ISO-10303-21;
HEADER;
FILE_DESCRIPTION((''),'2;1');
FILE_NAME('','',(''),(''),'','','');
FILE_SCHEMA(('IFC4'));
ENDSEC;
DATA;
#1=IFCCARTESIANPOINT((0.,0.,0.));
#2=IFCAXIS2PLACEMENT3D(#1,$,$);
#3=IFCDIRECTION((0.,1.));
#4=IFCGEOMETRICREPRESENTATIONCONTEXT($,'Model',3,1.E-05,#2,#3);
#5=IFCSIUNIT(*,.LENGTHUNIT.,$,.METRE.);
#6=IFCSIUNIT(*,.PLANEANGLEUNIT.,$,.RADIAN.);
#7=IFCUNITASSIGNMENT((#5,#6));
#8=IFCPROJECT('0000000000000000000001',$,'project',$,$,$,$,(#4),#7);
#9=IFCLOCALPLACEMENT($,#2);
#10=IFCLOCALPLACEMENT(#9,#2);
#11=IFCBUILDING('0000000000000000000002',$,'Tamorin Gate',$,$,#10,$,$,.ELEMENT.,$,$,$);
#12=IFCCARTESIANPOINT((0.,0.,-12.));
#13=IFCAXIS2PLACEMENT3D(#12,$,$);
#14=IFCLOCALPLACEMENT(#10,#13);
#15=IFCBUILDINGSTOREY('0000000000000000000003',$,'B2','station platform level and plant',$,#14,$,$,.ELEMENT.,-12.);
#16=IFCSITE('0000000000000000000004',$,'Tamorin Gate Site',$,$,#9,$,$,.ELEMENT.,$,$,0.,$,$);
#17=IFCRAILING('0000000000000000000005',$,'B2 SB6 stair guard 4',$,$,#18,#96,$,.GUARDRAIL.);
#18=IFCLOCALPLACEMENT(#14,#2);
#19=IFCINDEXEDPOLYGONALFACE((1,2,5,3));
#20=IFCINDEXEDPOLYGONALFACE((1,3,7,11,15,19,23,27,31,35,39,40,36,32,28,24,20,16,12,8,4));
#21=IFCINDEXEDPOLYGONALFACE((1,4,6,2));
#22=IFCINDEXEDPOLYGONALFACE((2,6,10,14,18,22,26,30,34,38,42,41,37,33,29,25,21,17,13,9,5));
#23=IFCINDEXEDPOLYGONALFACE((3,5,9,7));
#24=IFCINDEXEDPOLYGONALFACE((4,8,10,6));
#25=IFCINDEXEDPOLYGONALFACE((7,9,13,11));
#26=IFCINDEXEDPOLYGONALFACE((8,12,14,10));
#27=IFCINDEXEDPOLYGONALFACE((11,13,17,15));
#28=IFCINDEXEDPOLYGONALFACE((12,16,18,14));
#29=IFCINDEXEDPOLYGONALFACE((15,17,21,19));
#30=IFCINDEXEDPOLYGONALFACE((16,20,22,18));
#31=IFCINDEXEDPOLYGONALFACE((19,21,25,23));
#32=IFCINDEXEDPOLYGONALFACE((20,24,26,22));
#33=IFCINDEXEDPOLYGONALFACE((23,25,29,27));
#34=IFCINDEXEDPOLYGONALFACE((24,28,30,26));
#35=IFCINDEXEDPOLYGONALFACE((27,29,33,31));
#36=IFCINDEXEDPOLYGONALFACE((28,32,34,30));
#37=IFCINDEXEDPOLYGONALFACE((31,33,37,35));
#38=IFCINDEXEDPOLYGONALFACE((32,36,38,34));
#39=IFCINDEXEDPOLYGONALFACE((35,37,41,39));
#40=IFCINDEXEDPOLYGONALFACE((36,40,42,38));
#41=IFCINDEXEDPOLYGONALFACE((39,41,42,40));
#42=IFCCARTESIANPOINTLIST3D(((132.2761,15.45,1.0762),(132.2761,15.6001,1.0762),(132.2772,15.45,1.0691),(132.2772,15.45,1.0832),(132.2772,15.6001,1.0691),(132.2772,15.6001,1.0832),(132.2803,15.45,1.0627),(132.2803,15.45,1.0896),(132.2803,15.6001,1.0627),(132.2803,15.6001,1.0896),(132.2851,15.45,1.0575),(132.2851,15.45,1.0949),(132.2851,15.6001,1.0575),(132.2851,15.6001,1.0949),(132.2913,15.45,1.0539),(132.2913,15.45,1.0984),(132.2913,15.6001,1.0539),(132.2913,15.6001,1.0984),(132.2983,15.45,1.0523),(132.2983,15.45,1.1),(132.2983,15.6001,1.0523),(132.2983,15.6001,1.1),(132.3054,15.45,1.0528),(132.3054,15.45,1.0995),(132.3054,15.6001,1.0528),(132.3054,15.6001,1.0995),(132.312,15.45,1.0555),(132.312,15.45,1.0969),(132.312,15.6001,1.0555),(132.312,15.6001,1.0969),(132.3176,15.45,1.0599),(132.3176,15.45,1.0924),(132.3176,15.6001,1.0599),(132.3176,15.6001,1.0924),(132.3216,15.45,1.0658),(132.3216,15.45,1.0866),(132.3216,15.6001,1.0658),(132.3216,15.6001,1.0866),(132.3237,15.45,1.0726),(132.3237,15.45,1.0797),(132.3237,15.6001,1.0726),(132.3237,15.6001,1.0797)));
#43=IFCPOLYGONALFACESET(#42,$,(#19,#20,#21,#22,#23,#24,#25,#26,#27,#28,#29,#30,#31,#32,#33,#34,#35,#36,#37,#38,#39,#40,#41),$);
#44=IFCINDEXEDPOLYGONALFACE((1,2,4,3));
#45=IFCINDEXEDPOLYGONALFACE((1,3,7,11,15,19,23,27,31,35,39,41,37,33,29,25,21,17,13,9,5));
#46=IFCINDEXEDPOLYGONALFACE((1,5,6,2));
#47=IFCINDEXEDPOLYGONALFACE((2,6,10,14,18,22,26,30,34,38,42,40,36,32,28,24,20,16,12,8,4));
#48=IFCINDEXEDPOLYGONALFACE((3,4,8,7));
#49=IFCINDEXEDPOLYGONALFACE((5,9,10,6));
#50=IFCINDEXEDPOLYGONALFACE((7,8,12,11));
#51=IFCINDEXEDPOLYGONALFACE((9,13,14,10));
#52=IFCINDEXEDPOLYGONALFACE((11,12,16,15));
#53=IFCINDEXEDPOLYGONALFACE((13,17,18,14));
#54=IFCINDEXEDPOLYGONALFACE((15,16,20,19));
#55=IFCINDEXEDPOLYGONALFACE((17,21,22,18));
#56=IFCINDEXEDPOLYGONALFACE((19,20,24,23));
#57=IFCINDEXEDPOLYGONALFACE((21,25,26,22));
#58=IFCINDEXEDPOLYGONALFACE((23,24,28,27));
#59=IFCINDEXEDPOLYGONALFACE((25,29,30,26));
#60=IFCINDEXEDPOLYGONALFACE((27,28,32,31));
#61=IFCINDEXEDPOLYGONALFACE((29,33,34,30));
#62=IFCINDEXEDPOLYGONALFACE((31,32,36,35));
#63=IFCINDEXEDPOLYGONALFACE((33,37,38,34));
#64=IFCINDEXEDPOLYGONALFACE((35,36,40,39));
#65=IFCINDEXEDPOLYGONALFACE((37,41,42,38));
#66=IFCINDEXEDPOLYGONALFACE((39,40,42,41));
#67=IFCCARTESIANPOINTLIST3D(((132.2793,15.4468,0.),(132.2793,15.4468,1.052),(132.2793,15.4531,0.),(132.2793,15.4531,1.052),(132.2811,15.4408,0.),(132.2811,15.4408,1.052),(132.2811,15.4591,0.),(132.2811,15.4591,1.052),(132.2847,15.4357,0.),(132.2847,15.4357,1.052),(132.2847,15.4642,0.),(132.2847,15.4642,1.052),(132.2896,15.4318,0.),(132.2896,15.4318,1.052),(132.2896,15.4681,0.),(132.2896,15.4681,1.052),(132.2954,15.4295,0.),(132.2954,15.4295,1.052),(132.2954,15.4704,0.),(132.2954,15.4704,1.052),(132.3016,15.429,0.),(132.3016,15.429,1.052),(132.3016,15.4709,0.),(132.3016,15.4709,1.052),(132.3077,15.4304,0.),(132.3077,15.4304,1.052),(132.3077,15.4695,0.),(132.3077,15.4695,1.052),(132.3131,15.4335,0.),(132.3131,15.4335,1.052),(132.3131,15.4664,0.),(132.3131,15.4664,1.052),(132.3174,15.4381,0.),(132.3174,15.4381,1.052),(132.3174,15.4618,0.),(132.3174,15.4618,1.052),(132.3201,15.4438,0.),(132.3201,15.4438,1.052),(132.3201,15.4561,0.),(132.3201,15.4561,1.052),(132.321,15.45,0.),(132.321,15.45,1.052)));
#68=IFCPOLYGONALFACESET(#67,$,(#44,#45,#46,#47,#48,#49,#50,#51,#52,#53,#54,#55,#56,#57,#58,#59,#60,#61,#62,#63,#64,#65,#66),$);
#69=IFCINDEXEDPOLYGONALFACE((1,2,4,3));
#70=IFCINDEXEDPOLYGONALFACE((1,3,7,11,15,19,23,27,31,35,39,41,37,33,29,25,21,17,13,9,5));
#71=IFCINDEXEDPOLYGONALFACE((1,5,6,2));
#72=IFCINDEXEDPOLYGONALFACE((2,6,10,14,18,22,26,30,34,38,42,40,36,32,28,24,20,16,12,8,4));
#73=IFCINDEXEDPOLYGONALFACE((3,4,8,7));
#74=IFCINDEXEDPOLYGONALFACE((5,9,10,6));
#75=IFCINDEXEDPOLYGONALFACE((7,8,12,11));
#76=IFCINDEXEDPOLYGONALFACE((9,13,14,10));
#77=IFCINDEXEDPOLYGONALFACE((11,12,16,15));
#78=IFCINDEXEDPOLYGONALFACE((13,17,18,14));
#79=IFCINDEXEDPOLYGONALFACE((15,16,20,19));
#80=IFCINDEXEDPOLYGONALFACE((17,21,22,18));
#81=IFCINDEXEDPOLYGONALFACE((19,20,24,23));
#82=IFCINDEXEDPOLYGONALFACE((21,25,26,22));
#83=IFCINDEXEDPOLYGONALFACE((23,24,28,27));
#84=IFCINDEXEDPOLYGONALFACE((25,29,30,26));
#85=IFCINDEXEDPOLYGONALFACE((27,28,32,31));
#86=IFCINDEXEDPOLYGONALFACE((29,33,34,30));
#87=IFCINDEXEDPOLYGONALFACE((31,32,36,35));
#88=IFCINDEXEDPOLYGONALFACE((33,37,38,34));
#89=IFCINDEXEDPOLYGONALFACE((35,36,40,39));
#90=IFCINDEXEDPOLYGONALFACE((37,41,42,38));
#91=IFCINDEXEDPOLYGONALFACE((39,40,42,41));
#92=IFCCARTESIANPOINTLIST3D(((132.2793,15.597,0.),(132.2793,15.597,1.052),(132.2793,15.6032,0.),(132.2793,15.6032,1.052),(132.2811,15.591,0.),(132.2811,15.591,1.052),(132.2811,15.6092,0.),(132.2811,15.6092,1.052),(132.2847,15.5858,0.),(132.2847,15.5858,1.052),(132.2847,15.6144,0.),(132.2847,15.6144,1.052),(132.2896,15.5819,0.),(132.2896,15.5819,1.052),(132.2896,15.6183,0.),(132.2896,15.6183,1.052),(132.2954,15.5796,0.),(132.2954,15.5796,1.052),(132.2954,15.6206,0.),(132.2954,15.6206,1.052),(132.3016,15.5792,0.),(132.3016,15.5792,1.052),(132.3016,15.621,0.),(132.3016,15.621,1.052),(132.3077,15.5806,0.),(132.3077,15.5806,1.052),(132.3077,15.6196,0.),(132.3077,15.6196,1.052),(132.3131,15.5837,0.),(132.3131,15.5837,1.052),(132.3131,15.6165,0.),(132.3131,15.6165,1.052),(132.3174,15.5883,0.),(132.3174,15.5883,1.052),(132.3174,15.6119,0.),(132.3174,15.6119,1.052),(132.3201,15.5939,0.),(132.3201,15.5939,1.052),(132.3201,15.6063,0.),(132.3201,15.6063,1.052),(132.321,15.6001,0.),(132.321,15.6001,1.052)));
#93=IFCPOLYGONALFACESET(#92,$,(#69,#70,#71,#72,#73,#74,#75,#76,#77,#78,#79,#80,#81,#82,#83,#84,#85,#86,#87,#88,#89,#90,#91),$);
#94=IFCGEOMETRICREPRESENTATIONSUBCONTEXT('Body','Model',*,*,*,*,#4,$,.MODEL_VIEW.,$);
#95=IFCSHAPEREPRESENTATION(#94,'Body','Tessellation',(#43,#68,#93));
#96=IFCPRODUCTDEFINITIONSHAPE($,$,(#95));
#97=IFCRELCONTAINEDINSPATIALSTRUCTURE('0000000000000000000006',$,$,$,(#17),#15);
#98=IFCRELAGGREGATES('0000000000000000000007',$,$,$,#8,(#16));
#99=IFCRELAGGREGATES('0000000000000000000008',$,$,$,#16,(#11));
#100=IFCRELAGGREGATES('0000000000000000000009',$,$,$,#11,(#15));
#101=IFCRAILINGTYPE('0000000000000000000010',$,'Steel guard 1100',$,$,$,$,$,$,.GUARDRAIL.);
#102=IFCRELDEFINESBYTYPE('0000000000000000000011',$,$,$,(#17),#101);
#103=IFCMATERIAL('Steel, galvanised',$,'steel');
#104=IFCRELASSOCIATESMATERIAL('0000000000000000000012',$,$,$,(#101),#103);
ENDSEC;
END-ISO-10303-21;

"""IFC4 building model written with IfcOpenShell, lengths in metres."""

from ifc_helpers import new_model, si_unit, direction, frame, origin, origin_2d, place, context, subcontext, project, spatial, circle, extrude, material, type_object, element, save


model = new_model("IFC4")

# Units and contexts
model_context = context("Model", 3, precision=1e-05, world=origin(), true_north=direction((0.0, 1.0)))
body_context = subcontext(model_context, "Body", "Model", "MODEL_VIEW")
ifc_project = project(units=[si_unit("LENGTHUNIT", "METRE"), si_unit("PLANEANGLEUNIT", "RADIAN")], contexts=[model_context])

# Site, building, storey
site_placement = place(None, origin())
site = spatial("IfcSite", under=ifc_project, at=site_placement, Name="Tamorin Gate Site", CompositionType="ELEMENT", RefElevation=0.0)
building_placement = place(site_placement, origin())
building = spatial("IfcBuilding", under=site, at=building_placement, Name="Tamorin Gate", CompositionType="ELEMENT")
storey_placement = place(building_placement, frame((0.0, 0.0, -12.0)))
storey = spatial("IfcBuildingStorey", under=building, at=storey_placement, Name="B2", Description="station platform level and plant", CompositionType="ELEMENT", Elevation=-12.0)

# Railing
ifc_material_1 = material(Name="Steel, galvanised", Category="steel")
railing_type_1 = type_object("IfcRailingType", Name="Steel guard 1100", PredefinedType="GUARDRAIL", material=ifc_material_1)
railing_1_placement = place(storey_placement, frame((132.3, 15.45, 0.0)))
element("IfcRailing", 1, at=railing_1_placement, inside=storey, type_object=railing_type_1, Name="B2 SB6 stair guard 4", PredefinedType="GUARDRAIL", context=body_context, shape_type="SweptSolid", body=[
    extrude(circle(Radius=0.0239, at=origin_2d()), frame((0.0, 0.0, 1.0762), z_axis=(0.0, 1.0, 0.0), x_axis=(-1.0, 0.0, 0.0)), (0.0, 0.0, 1.0), 0.1501),
    extrude(circle(Radius=0.021, at=origin_2d()), origin(), (0.0, 0.0, 1.0), 1.052),
    extrude(circle(Radius=0.021, at=origin_2d()), frame((0.0, 0.1501, 0.0)), (0.0, 0.0, 1.0), 1.052),
])

save(model, "model.ifc")
